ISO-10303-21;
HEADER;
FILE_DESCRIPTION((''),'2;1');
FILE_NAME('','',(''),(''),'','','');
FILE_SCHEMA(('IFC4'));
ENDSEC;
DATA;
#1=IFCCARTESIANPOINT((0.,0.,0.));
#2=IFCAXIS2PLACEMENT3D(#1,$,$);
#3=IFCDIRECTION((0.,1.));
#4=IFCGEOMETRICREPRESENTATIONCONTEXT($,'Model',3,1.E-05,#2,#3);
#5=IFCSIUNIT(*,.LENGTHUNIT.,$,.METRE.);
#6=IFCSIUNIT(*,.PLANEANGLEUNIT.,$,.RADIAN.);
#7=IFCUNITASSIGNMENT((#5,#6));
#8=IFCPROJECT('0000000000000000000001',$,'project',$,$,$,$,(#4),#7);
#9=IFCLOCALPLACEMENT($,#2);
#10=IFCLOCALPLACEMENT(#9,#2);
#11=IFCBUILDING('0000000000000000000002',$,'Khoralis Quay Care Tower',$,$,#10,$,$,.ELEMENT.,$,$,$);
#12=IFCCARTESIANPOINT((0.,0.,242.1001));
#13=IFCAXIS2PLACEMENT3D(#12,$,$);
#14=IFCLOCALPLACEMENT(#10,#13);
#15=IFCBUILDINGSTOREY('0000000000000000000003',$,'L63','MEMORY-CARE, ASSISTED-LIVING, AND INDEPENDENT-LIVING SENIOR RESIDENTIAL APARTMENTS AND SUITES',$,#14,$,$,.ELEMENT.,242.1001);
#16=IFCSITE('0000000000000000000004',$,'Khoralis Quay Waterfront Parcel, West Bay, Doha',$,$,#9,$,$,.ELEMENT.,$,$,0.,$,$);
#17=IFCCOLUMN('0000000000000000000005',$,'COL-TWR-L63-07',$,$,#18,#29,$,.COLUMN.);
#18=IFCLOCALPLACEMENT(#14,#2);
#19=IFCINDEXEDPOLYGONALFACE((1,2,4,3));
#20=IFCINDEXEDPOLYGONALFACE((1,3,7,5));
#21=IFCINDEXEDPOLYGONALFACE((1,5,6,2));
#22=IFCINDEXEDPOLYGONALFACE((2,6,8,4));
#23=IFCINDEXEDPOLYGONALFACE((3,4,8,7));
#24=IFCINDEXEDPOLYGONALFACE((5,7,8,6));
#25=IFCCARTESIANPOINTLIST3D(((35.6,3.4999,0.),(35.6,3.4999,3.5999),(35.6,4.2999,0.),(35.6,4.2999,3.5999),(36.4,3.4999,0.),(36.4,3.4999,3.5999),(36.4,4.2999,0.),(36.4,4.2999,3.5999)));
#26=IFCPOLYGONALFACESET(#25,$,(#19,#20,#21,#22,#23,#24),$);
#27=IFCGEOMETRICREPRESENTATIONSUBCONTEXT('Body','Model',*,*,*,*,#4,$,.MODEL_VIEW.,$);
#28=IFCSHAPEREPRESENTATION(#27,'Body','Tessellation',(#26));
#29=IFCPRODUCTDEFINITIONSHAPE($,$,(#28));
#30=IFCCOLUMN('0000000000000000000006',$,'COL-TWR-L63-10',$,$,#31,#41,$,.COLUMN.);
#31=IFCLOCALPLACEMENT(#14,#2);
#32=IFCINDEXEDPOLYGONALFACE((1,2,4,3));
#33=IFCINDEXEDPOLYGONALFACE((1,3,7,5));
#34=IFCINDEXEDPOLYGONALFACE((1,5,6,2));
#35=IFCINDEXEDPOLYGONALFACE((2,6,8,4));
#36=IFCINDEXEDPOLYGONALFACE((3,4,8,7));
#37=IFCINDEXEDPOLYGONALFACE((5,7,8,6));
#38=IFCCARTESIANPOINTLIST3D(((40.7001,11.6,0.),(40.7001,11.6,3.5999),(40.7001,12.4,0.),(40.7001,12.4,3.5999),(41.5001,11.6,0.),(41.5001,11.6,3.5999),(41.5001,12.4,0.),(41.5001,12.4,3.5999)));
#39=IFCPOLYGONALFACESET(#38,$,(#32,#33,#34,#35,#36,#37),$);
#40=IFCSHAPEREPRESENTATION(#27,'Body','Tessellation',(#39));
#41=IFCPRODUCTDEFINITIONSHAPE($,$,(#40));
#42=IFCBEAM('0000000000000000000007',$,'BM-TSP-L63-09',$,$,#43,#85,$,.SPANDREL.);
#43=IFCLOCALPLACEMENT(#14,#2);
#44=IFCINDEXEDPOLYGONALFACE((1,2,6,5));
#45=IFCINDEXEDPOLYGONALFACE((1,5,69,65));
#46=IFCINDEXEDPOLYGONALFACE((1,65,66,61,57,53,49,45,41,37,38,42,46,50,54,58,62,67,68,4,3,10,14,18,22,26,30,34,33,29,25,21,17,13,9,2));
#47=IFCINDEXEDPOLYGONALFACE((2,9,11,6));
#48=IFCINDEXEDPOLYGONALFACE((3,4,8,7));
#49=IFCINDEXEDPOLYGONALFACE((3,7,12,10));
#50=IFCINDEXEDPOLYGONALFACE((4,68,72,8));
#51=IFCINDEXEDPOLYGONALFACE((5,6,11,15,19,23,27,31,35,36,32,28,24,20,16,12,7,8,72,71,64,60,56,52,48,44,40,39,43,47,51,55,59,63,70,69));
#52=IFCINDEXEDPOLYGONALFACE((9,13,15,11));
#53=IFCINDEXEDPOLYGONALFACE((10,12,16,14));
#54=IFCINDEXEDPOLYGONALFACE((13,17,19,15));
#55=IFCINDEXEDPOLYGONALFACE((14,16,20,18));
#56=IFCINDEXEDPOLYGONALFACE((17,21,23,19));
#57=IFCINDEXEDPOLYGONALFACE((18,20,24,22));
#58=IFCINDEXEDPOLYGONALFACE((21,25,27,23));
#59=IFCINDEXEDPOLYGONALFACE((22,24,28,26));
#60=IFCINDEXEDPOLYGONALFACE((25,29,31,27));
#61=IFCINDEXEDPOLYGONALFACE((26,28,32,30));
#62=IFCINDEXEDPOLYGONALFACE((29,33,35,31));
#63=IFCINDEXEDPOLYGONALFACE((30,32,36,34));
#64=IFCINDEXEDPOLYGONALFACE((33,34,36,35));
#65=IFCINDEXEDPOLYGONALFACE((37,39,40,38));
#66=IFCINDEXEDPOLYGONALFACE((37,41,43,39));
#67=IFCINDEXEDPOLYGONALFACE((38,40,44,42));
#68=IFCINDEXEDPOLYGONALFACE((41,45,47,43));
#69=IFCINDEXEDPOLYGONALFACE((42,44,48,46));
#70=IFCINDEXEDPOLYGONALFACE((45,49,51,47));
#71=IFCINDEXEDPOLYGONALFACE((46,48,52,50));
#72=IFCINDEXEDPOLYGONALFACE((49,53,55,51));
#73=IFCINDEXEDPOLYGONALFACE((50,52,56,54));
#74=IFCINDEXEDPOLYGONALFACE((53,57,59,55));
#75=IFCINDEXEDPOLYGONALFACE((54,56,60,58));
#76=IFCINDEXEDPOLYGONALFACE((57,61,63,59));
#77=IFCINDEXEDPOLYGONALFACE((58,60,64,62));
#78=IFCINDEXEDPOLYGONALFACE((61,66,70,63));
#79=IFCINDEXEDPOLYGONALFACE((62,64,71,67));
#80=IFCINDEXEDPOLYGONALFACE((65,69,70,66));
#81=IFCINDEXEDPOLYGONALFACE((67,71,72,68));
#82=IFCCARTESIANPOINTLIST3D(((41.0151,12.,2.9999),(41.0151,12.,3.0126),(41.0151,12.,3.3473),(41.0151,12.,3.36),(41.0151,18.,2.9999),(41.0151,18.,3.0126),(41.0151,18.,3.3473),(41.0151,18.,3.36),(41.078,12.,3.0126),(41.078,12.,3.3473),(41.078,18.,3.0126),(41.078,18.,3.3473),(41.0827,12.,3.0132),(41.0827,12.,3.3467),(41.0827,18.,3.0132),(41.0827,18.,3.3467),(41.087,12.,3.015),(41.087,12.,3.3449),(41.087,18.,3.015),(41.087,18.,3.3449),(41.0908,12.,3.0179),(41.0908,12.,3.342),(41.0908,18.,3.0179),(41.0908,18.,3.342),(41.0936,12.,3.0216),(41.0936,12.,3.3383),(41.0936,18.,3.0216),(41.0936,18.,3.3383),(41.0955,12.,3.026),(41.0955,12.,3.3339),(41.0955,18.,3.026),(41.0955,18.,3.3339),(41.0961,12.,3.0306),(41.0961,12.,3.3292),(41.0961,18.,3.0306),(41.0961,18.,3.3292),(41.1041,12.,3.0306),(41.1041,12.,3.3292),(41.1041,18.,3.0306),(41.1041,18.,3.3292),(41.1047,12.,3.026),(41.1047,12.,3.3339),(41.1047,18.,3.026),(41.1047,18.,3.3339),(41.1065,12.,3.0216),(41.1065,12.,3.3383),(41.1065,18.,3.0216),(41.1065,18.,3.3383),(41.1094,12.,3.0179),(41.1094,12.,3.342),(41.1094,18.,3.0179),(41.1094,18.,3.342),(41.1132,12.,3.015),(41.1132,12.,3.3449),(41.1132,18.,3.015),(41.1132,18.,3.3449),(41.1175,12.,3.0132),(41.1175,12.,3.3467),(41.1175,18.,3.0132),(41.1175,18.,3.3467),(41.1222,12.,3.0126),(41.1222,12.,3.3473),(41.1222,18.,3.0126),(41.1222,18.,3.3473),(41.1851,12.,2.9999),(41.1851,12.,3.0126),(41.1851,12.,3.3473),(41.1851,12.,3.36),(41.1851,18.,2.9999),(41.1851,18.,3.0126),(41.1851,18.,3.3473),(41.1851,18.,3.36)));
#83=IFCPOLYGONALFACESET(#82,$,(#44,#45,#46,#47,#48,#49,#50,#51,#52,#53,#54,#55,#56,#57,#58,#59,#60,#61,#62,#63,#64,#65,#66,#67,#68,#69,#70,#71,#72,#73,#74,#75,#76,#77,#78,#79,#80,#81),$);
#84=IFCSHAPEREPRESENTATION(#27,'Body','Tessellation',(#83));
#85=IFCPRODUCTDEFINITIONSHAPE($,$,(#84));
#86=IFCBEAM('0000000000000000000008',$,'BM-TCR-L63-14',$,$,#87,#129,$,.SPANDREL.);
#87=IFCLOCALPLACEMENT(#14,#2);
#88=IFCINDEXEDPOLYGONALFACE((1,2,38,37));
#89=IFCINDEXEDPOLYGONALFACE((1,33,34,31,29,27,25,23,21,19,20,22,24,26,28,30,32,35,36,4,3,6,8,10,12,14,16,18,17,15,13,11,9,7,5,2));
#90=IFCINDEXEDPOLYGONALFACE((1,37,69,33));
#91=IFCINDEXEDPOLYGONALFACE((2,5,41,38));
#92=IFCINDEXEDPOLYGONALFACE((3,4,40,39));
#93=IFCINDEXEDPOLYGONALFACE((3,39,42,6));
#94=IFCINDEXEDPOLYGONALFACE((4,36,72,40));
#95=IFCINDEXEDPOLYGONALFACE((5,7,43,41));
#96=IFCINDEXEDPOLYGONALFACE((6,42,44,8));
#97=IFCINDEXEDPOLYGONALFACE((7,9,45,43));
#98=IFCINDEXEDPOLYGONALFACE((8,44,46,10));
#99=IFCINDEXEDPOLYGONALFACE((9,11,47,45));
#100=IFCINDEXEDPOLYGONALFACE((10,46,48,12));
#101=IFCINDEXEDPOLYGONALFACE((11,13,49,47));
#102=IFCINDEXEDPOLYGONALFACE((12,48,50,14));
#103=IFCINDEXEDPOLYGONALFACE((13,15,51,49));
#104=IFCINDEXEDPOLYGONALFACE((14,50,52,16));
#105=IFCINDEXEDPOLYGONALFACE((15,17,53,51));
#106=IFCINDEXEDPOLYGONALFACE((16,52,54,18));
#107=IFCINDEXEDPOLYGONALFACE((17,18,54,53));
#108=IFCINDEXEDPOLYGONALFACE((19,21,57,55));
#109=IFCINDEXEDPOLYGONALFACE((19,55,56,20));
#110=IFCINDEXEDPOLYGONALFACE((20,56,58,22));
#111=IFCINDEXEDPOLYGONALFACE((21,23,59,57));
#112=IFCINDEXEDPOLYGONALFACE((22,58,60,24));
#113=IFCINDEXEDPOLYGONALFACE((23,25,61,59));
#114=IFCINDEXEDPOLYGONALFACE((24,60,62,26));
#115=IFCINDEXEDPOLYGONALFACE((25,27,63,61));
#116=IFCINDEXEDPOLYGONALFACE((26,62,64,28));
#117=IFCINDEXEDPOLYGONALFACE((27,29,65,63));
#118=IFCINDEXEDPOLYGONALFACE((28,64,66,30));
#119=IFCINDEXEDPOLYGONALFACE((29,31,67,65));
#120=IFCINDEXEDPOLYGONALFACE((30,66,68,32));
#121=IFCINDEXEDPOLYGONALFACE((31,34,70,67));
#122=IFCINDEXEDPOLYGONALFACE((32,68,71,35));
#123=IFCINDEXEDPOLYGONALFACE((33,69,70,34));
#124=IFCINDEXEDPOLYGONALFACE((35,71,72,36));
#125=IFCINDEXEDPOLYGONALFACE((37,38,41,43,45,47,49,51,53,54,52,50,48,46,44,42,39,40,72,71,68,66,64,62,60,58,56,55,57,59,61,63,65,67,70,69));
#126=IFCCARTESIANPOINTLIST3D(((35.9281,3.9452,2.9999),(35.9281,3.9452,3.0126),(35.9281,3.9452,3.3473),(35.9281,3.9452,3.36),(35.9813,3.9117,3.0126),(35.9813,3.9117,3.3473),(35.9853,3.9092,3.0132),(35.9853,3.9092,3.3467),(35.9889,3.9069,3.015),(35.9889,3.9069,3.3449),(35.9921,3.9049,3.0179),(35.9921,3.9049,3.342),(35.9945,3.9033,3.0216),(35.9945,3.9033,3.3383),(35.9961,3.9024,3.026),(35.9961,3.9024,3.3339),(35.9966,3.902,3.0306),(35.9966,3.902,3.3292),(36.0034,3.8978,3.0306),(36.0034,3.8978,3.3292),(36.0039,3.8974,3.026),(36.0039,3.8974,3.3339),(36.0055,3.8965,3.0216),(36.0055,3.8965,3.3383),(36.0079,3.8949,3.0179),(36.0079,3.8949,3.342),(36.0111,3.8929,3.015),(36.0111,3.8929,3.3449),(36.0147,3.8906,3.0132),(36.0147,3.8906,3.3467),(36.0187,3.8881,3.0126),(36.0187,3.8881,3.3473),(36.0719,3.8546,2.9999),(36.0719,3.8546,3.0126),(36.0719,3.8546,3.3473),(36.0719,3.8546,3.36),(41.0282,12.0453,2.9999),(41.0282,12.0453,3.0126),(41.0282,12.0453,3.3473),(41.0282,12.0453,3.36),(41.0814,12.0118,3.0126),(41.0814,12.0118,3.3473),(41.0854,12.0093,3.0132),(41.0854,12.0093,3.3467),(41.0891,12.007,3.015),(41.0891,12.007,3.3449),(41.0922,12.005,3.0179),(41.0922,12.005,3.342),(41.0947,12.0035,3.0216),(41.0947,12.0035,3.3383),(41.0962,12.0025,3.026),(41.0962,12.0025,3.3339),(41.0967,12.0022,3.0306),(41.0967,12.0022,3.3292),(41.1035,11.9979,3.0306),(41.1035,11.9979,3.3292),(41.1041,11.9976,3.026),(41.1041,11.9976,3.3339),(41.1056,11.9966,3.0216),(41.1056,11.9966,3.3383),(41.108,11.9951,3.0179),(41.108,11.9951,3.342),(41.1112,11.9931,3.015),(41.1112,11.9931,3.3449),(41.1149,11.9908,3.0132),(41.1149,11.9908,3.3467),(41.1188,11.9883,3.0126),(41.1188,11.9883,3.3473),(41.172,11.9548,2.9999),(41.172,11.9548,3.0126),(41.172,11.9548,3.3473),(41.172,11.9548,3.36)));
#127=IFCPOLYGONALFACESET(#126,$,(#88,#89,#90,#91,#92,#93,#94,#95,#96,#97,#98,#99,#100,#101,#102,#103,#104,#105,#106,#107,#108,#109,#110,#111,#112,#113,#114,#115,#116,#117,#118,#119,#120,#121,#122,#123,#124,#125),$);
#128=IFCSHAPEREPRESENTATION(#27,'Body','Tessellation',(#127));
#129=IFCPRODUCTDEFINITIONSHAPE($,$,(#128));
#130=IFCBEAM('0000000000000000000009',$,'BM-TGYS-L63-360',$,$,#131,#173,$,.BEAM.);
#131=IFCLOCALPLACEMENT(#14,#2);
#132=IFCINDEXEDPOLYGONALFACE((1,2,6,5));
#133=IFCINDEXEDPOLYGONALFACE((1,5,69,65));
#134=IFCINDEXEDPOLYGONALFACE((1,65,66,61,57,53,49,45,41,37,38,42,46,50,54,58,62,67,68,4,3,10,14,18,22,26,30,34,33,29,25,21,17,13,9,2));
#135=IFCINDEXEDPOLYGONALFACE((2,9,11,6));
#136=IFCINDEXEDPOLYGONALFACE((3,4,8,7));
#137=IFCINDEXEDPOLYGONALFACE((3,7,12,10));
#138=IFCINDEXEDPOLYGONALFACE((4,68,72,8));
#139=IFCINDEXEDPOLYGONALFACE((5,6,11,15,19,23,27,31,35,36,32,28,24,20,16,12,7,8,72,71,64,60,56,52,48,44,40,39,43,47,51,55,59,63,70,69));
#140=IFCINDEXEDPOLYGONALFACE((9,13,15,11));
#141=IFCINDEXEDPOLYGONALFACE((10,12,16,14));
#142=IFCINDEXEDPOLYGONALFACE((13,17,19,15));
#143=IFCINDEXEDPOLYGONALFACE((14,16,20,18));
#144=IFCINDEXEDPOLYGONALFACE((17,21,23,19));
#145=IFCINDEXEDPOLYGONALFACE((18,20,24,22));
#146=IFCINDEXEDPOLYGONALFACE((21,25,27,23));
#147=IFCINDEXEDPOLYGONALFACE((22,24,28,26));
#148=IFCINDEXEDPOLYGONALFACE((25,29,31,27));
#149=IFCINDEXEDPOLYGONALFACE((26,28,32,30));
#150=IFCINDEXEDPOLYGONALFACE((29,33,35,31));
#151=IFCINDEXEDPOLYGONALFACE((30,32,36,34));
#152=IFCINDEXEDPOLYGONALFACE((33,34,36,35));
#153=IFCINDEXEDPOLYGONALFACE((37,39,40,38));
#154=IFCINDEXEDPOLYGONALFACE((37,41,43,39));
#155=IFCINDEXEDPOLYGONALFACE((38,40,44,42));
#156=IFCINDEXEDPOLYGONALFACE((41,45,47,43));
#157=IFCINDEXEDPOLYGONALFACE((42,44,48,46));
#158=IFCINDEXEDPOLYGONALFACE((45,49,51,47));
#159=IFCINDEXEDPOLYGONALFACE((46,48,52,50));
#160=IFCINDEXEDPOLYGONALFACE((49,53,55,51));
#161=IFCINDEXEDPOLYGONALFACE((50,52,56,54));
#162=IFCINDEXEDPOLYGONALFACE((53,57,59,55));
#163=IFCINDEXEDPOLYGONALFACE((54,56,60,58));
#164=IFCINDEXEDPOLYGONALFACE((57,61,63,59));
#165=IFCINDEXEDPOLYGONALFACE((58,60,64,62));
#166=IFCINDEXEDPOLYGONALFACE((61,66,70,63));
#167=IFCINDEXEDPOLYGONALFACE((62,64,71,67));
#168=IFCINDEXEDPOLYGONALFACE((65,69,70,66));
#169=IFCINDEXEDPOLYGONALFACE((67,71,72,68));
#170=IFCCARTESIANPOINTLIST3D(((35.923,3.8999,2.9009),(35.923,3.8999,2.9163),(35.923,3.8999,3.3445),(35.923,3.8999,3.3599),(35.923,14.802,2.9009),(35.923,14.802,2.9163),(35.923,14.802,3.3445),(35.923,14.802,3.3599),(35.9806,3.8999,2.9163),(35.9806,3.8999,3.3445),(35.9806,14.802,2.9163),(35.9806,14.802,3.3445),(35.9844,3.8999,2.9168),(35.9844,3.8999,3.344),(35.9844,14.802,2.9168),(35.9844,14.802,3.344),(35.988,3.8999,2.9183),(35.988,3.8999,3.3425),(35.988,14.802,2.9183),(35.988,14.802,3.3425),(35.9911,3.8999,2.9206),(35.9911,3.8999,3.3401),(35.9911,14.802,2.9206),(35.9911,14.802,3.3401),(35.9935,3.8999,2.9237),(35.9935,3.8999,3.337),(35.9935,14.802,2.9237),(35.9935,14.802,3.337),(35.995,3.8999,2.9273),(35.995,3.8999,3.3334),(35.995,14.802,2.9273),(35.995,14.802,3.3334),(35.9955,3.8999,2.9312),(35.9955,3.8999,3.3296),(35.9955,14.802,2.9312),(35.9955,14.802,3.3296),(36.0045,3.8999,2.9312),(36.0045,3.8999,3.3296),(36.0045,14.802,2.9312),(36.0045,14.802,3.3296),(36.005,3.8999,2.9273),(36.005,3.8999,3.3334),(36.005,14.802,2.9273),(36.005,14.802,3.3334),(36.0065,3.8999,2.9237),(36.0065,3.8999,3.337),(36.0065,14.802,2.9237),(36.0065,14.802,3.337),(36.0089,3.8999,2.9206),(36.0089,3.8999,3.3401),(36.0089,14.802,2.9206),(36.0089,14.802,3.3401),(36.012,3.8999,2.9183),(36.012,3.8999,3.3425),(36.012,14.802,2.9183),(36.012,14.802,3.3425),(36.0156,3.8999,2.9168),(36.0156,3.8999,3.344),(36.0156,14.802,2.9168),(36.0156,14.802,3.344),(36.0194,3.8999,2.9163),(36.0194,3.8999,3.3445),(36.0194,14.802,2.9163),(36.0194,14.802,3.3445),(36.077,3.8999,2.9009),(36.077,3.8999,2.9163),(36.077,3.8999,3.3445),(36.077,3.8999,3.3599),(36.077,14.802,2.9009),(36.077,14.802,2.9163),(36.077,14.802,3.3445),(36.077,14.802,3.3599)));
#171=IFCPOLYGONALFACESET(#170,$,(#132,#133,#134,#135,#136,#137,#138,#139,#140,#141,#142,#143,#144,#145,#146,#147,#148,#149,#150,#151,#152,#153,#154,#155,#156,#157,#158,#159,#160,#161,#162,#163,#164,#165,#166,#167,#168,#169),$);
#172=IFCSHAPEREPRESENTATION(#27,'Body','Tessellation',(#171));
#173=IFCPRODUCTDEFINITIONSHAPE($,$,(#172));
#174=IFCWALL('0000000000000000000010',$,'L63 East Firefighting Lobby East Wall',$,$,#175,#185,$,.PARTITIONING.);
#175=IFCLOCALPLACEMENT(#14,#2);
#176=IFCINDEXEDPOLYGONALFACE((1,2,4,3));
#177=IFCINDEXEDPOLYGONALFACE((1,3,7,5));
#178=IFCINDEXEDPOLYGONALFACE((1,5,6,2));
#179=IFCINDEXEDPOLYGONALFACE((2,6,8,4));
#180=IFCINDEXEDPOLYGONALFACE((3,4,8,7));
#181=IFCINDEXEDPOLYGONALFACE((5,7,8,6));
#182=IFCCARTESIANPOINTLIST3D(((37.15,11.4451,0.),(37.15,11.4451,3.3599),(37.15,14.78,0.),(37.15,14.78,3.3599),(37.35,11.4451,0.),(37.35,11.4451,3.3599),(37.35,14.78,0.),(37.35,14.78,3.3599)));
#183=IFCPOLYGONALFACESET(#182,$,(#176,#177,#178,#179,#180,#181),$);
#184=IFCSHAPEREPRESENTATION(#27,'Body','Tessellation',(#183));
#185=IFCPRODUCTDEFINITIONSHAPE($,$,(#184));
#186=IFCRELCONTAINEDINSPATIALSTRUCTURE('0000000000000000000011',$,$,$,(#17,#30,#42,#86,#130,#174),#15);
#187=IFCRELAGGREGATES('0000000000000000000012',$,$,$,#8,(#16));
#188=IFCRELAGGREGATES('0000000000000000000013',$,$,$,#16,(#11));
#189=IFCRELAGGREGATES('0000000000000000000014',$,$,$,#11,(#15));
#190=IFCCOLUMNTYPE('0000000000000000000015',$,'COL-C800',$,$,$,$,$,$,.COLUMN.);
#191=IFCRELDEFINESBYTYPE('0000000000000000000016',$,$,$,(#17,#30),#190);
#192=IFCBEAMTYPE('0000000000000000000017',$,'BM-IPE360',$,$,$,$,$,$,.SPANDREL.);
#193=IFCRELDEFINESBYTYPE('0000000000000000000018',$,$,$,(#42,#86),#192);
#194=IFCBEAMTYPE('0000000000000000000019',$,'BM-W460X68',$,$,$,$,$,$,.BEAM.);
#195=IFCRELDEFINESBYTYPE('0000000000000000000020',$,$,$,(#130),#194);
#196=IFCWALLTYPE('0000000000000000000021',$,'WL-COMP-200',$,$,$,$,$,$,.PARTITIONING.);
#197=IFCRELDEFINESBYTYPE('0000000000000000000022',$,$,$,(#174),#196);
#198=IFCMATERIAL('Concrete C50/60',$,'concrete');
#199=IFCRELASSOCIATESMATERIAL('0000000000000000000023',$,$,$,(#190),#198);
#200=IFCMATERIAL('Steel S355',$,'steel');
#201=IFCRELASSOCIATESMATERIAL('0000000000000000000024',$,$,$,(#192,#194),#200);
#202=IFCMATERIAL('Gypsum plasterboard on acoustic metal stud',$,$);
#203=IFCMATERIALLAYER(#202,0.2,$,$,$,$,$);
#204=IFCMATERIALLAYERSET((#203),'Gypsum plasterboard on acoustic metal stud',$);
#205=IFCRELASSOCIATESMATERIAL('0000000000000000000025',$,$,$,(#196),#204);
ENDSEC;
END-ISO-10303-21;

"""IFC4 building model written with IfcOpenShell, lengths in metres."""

from ifc_helpers import new_model, si_unit, direction, frame, frame_2d, origin, origin_2d, place, context, subcontext, project, spatial, rectangle, i_section, extrude, source, transform, mapped, material, layer, layer_set, material_profile, profile_set, type_object, element, save


model = new_model("IFC4")

# Units and contexts
model_context = context("Model", 3, precision=1e-05, world=origin(), true_north=direction((0.0, 1.0)))
body_context = subcontext(model_context, "Body", "Model", "MODEL_VIEW")
ifc_project = project(units=[si_unit("LENGTHUNIT", "METRE"), si_unit("PLANEANGLEUNIT", "RADIAN")], contexts=[model_context])

# Site, building, storey
site_placement = place(None, origin())
site = spatial("IfcSite", under=ifc_project, at=site_placement, Name="Khoralis Quay Waterfront Parcel, West Bay, Doha", CompositionType="ELEMENT", RefElevation=0.0)
building_placement = place(site_placement, origin())
building = spatial("IfcBuilding", under=site, at=building_placement, Name="Khoralis Quay Care Tower", CompositionType="ELEMENT")
storey_placement = place(building_placement, frame((0.0, 0.0, 242.1001)))
storey = spatial("IfcBuildingStorey", under=building, at=storey_placement, Name="L63", Description="MEMORY-CARE, ASSISTED-LIVING, AND INDEPENDENT-LIVING SENIOR RESIDENTIAL APARTMENTS AND SUITES", CompositionType="ELEMENT", Elevation=242.1001)

# Columns
ifc_material_1 = material(Name="Concrete C50/60", Category="concrete")
ifc_material_profile_1 = material_profile(ifc_material_1, rectangle(XDim=0.8, YDim=0.8, at=origin_2d()), Name="Concrete C50/60")
ifc_profile_set_1 = profile_set([ifc_material_profile_1], Name="Concrete C50/60")
column_type = type_object("IfcColumnType", Name="COL-C800", PredefinedType="COLUMN", material=ifc_profile_set_1)
shared_shape_1 = source(origin(), body_context, "Body", "SweptSolid", [
    extrude(rectangle(XDim=0.8, YDim=0.8, at=origin_2d()), origin(), (0.0, 0.0, 1.0), 3.5999),
])
for number, where, z_axis, x_axis, name in (
    (1, (36.0, 3.8999, 0.0), (0.0, 0.0, 1.0), (1.0, 0.0, 0.0), "COL-TWR-L63-07"),
    (2, (41.1001, 12.0, 0.0), (0.0, 0.0, 1.0), (1.0, 0.0, 0.0), "COL-TWR-L63-10"),
):
    element("IfcColumn", number, at=place(storey_placement, frame(where, z_axis=z_axis, x_axis=x_axis)), inside=storey, type_object=column_type, Name=name, PredefinedType="COLUMN", context=body_context, shape_type="MappedRepresentation", body=[
        mapped(shared_shape_1, transform((0.0, 0.0, 0.0), scale=1.0)),
    ])

# Beams
ifc_material_2 = material(Name="Steel S355", Category="steel")
ifc_material_profile_2 = material_profile(ifc_material_2, i_section(OverallWidth=0.1699, OverallDepth=0.3601, WebThickness=0.0081, FlangeThickness=0.0127, FilletRadius=0.0181, at=origin_2d()), Name="Steel S355")
ifc_profile_set_2 = profile_set([ifc_material_profile_2], Name="Steel S355")
beam_type_1 = type_object("IfcBeamType", Name="BM-IPE360", PredefinedType="SPANDREL", material=ifc_profile_set_2)
shared_shape_2 = source(origin(), body_context, "Body", "SweptSolid", [
    extrude(i_section(OverallWidth=0.1699, OverallDepth=0.3601, WebThickness=0.0081, FlangeThickness=0.0127, FilletRadius=0.0181, at=origin_2d()), origin(), (0.0, 0.0, 1.0), 6.0),
])
beam_1_placement = place(storey_placement, frame((41.1001, 12.0, 3.1799), z_axis=(0.0, 1.0, 0.0), x_axis=(-1.0, 0.0, 0.0)))
element("IfcBeam", 3, at=beam_1_placement, inside=storey, type_object=beam_type_1, Name="BM-TSP-L63-09", PredefinedType="SPANDREL", context=body_context, shape_type="MappedRepresentation", body=[
    mapped(shared_shape_2, transform((0.0, 0.0, 0.0), scale=1.0)),
])
shared_shape_3 = source(origin(), body_context, "Body", "SweptSolid", [
    extrude(i_section(OverallWidth=0.1699, OverallDepth=0.3601, WebThickness=0.0081, FlangeThickness=0.0127, FilletRadius=0.0181, at=origin_2d()), origin(), (0.0, 0.0, 1.0), 9.572),
])
beam_2_placement = place(storey_placement, frame((36.0, 3.8999, 3.1799), z_axis=(0.532816, 0.846231, 0.0), x_axis=(-0.846231, 0.532816, 0.0)))
element("IfcBeam", 4, at=beam_2_placement, inside=storey, type_object=beam_type_1, Name="BM-TCR-L63-14", PredefinedType="SPANDREL", context=body_context, shape_type="MappedRepresentation", body=[
    mapped(shared_shape_3, transform((0.0, 0.0, 0.0), scale=1.0)),
])
ifc_material_profile_3 = material_profile(ifc_material_2, i_section(OverallWidth=0.1541, OverallDepth=0.459, WebThickness=0.009, FlangeThickness=0.0154, FilletRadius=0.0149, at=origin_2d()), Name="Steel S355")
ifc_profile_set_3 = profile_set([ifc_material_profile_3], Name="Steel S355")
beam_type_2 = type_object("IfcBeamType", Name="BM-W460X68", PredefinedType="BEAM", material=ifc_profile_set_3)
shared_shape_4 = source(origin(), body_context, "Body", "SweptSolid", [
    extrude(i_section(OverallWidth=0.1541, OverallDepth=0.459, WebThickness=0.009, FlangeThickness=0.0154, FilletRadius=0.0149, at=origin_2d()), origin(), (0.0, 0.0, 1.0), 10.9021),
])
beam_3_placement = place(storey_placement, frame((36.0, 3.8999, 3.1304), z_axis=(0.0, 1.0, 0.0), x_axis=(-1.0, 0.0, 0.0)))
element("IfcBeam", 5, at=beam_3_placement, inside=storey, type_object=beam_type_2, Name="BM-TGYS-L63-360", PredefinedType="BEAM", context=body_context, shape_type="MappedRepresentation", body=[
    mapped(shared_shape_4, transform((0.0, 0.0, 0.0), scale=1.0)),
])

# Wall
ifc_material_3 = material(Name="Gypsum plasterboard on acoustic metal stud")
ifc_layer_1 = layer(ifc_material_3, 0.2)
ifc_layer_set_1 = layer_set([ifc_layer_1], Name="Gypsum plasterboard on acoustic metal stud")
wall_type_1 = type_object("IfcWallType", Name="WL-COMP-200", PredefinedType="PARTITIONING", material=ifc_layer_set_1)
wall_1_placement = place(storey_placement, frame((37.25, 11.4451, 0.0), z_axis=(0.0, 0.0, 1.0), x_axis=(0.0, 1.0, 0.0)))
element("IfcWall", 6, at=wall_1_placement, inside=storey, type_object=wall_type_1, Name="L63 East Firefighting Lobby East Wall", PredefinedType="PARTITIONING", context=body_context, shape_type="SweptSolid", body=[
    extrude(rectangle(XDim=3.335, YDim=0.2, at=frame_2d((1.6675, 0.0))), origin(), (0.0, 0.0, 1.0), 3.3599),
])

save(model, "model.ifc")
